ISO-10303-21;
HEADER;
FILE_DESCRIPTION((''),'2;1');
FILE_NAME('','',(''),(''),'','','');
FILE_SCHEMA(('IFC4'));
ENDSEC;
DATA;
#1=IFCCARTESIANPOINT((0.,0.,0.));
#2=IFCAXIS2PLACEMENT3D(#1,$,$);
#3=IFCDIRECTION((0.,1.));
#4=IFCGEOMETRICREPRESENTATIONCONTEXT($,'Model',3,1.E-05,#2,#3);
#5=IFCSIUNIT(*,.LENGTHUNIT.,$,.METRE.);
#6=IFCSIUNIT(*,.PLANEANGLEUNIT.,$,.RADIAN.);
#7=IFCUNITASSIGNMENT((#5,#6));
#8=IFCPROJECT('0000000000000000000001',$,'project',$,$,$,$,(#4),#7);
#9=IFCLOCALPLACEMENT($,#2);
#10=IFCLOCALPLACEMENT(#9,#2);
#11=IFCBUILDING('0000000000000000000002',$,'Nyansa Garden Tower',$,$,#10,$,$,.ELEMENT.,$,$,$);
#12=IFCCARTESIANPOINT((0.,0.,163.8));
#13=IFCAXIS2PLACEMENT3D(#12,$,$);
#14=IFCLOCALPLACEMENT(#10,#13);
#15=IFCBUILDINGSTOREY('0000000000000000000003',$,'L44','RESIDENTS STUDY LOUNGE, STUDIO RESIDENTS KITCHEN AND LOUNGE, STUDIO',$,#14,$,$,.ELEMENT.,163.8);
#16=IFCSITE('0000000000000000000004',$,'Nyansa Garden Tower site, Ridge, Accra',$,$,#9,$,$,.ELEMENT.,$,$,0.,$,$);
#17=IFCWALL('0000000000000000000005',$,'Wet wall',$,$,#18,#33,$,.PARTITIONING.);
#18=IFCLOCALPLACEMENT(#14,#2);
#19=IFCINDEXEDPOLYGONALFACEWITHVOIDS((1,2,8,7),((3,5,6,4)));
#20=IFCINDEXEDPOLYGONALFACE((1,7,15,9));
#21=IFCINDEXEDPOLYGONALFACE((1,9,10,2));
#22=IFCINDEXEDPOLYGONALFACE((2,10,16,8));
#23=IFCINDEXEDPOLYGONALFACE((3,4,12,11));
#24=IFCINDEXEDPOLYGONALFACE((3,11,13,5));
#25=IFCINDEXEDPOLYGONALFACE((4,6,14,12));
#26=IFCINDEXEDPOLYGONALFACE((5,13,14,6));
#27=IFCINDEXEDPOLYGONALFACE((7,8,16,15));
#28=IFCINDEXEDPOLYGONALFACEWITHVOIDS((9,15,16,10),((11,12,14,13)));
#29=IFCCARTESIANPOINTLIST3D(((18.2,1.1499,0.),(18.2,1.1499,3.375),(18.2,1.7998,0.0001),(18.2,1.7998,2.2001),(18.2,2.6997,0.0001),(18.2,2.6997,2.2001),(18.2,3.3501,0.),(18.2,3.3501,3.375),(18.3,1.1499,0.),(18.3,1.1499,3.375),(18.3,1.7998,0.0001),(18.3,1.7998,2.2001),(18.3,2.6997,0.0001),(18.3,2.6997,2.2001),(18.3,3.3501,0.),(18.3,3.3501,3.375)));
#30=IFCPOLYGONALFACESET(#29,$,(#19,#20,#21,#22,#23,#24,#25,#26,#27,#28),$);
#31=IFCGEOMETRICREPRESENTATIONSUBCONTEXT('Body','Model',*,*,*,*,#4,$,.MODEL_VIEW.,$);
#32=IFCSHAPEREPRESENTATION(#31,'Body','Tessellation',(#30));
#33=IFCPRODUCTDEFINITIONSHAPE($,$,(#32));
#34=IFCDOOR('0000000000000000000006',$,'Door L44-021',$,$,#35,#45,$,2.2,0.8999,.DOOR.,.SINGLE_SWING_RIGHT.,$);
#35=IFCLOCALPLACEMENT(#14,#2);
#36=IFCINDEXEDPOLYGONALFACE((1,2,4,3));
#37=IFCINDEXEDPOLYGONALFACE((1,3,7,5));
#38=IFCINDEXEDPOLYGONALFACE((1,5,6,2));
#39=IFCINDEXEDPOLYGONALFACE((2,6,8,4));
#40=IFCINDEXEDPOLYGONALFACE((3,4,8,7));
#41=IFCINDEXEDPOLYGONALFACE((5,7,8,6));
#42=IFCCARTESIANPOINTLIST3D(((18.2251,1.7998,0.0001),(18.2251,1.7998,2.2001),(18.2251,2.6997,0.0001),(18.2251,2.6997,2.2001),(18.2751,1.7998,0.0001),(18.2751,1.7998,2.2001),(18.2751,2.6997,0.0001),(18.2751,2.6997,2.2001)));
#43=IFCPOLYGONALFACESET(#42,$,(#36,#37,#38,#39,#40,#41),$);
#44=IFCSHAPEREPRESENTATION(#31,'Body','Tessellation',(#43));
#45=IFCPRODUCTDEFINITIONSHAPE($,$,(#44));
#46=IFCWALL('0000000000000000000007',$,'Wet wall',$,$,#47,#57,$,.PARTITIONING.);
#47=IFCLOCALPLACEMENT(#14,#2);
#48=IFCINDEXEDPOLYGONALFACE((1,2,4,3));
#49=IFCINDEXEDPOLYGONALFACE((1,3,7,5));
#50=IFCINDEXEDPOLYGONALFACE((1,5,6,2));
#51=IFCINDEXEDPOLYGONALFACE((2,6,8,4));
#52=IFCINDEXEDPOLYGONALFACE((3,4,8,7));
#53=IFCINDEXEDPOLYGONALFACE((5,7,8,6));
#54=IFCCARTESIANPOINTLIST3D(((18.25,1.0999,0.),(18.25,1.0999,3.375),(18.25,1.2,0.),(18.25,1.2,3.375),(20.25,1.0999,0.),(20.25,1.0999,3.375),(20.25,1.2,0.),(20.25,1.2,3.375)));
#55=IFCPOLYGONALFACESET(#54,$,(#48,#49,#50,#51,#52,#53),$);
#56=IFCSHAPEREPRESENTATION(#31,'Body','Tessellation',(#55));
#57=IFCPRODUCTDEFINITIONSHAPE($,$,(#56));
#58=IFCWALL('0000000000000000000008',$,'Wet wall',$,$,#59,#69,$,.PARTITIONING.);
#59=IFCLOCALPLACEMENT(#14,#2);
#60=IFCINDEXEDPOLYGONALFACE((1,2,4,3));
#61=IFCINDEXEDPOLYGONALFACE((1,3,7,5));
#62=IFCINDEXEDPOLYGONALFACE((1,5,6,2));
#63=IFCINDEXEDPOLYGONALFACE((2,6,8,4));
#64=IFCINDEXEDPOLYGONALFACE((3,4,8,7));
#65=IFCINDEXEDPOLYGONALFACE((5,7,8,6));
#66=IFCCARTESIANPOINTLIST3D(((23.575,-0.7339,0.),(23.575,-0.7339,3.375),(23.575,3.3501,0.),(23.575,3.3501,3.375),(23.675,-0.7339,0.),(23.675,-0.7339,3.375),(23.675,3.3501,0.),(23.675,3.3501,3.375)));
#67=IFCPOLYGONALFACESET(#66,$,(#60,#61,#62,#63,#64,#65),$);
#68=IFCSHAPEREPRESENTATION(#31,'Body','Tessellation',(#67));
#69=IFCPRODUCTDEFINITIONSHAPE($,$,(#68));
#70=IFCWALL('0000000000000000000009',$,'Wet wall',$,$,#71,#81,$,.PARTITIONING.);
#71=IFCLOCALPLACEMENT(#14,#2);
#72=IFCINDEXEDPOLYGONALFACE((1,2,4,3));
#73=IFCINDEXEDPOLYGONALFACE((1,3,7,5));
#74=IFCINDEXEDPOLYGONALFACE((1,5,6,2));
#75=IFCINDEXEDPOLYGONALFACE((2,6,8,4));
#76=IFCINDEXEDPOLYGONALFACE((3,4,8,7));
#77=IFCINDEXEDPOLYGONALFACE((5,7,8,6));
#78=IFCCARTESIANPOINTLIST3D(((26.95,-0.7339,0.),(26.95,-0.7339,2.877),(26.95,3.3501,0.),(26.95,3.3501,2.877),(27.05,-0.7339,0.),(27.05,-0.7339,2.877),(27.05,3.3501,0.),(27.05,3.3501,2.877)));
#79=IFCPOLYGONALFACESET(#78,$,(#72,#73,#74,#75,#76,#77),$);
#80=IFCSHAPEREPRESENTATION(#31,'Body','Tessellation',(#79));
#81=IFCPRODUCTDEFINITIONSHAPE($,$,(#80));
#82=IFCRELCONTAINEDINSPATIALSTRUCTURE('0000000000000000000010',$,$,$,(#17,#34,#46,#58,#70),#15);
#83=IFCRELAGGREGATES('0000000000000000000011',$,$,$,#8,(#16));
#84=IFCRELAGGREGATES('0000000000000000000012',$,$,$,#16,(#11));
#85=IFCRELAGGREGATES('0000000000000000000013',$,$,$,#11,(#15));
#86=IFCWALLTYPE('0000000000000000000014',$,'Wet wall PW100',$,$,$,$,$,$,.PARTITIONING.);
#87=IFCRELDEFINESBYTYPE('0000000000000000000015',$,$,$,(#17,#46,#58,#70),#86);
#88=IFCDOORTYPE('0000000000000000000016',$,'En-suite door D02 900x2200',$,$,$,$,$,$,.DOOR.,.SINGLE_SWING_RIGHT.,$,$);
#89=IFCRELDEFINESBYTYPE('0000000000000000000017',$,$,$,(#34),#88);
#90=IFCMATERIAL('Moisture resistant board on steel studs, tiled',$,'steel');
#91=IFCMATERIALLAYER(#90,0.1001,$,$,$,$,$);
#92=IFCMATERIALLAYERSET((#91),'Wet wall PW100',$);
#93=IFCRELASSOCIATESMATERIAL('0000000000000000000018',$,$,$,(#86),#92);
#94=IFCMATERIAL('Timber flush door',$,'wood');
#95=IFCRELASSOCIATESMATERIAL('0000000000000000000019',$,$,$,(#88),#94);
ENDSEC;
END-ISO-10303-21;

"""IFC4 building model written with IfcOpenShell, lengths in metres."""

from ifc_helpers import new_model, si_unit, direction, frame, frame_2d, origin, place, context, subcontext, project, spatial, rectangle, extrude, material, layer, layer_set, type_object, element, fill, save


model = new_model("IFC4")

# Units and contexts
model_context = context("Model", 3, precision=1e-05, world=origin(), true_north=direction((0.0, 1.0)))
body_context = subcontext(model_context, "Body", "Model", "MODEL_VIEW")
ifc_project = project(units=[si_unit("LENGTHUNIT", "METRE"), si_unit("PLANEANGLEUNIT", "RADIAN")], contexts=[model_context])

# Site, building, storey
site_placement = place(None, origin())
site = spatial("IfcSite", under=ifc_project, at=site_placement, Name="Nyansa Garden Tower site, Ridge, Accra", CompositionType="ELEMENT", RefElevation=0.0)
building_placement = place(site_placement, origin())
building = spatial("IfcBuilding", under=site, at=building_placement, Name="Nyansa Garden Tower", CompositionType="ELEMENT")
storey_placement = place(building_placement, frame((0.0, 0.0, 163.8)))
storey = spatial("IfcBuildingStorey", under=building, at=storey_placement, Name="L44", Description="RESIDENTS STUDY LOUNGE, STUDIO RESIDENTS KITCHEN AND LOUNGE, STUDIO", CompositionType="ELEMENT", Elevation=163.8)

# Shared definitions
ifc_material_1 = material(Name="Moisture resistant board on steel studs, tiled", Category="steel")
ifc_layer_1 = layer(ifc_material_1, 0.1001)
ifc_layer_set_1 = layer_set([ifc_layer_1], Name="Wet wall PW100")
wall_type_1 = type_object("IfcWallType", Name="Wet wall PW100", PredefinedType="PARTITIONING", material=ifc_layer_set_1)

# Wall, opening, door
wall_1_placement = place(storey_placement, frame((18.25, 1.1499, 0.0), z_axis=(0.0, 0.0, 1.0), x_axis=(0.0, 1.0, 0.0)))
wall_1 = element("IfcWall", 1, at=wall_1_placement, inside=storey, type_object=wall_type_1, Name="Wet wall", PredefinedType="PARTITIONING", context=body_context, shape_type="SweptSolid", body=[
    extrude(rectangle(XDim=2.2002, YDim=0.1001, at=frame_2d((1.1001, 0.0))), origin(), (0.0, 0.0, 1.0), 3.375),
])
opening_1_placement = place(wall_1_placement, frame((0.6499, 0.0, 0.0)))
opening_1 = element("IfcOpeningElement", 2, at=opening_1_placement, cuts=wall_1, PredefinedType="OPENING", context=body_context, shape_type="SweptSolid", body=[
    extrude(rectangle(XDim=0.8999, YDim=2.2, at=frame_2d((0.45, 1.1001))), frame((0.0, 0.0601, 0.0), z_axis=(0.0, -1.0, 0.0), x_axis=(1.0, 0.0, 0.0)), (0.0, 0.0, 1.0), 0.1201),
])
ifc_material_2 = material(Name="Timber flush door", Category="wood")
door_type_1 = type_object("IfcDoorType", Name="En-suite door D02 900x2200", OperationType="SINGLE_SWING_RIGHT", PredefinedType="DOOR", material=ifc_material_2)
door_1_placement = place(opening_1_placement, origin())
door_1 = element("IfcDoor", 3, at=door_1_placement, inside=storey, type_object=door_type_1, Name="Door L44-021", OperationType="SINGLE_SWING_RIGHT", OverallHeight=2.2, OverallWidth=0.8999, PredefinedType="DOOR", context=body_context, shape_type="SweptSolid", body=[
    extrude(rectangle(XDim=0.8999, YDim=2.2, at=frame_2d((0.45, 1.1001))), frame((0.0, 0.0249, 0.0), z_axis=(0.0, -1.0, 0.0), x_axis=(1.0, 0.0, 0.0)), (0.0, 0.0, 1.0), 0.05),
])
fill(opening_1, door_1)

# Walls
wall_2_placement = place(storey_placement, frame((18.25, 1.1499, 0.0), z_axis=(0.0, 0.0, 1.0), x_axis=(1.0, 0.0, 0.0)))
element("IfcWall", 4, at=wall_2_placement, inside=storey, type_object=wall_type_1, Name="Wet wall", PredefinedType="PARTITIONING", context=body_context, shape_type="SweptSolid", body=[
    extrude(rectangle(XDim=2.0, YDim=0.1001, at=frame_2d((1.0, 0.0))), origin(), (0.0, 0.0, 1.0), 3.375),
])
wall_3_placement = place(storey_placement, frame((23.625, -0.7339, 0.0), z_axis=(0.0, 0.0, 1.0), x_axis=(0.0, 1.0, 0.0)))
element("IfcWall", 5, at=wall_3_placement, inside=storey, type_object=wall_type_1, Name="Wet wall", PredefinedType="PARTITIONING", context=body_context, shape_type="SweptSolid", body=[
    extrude(rectangle(XDim=4.084, YDim=0.1001, at=frame_2d((2.042, 0.0))), origin(), (0.0, 0.0, 1.0), 3.375),
])
wall_4_placement = place(storey_placement, frame((27.0, -0.7339, 0.0), z_axis=(0.0, 0.0, 1.0), x_axis=(0.0, 1.0, 0.0)))
element("IfcWall", 6, at=wall_4_placement, inside=storey, type_object=wall_type_1, Name="Wet wall", PredefinedType="PARTITIONING", context=body_context, shape_type="SweptSolid", body=[
    extrude(rectangle(XDim=4.084, YDim=0.1001, at=frame_2d((2.042, 0.0))), origin(), (0.0, 0.0, 1.0), 2.877),
])

save(model, "model.ifc")
